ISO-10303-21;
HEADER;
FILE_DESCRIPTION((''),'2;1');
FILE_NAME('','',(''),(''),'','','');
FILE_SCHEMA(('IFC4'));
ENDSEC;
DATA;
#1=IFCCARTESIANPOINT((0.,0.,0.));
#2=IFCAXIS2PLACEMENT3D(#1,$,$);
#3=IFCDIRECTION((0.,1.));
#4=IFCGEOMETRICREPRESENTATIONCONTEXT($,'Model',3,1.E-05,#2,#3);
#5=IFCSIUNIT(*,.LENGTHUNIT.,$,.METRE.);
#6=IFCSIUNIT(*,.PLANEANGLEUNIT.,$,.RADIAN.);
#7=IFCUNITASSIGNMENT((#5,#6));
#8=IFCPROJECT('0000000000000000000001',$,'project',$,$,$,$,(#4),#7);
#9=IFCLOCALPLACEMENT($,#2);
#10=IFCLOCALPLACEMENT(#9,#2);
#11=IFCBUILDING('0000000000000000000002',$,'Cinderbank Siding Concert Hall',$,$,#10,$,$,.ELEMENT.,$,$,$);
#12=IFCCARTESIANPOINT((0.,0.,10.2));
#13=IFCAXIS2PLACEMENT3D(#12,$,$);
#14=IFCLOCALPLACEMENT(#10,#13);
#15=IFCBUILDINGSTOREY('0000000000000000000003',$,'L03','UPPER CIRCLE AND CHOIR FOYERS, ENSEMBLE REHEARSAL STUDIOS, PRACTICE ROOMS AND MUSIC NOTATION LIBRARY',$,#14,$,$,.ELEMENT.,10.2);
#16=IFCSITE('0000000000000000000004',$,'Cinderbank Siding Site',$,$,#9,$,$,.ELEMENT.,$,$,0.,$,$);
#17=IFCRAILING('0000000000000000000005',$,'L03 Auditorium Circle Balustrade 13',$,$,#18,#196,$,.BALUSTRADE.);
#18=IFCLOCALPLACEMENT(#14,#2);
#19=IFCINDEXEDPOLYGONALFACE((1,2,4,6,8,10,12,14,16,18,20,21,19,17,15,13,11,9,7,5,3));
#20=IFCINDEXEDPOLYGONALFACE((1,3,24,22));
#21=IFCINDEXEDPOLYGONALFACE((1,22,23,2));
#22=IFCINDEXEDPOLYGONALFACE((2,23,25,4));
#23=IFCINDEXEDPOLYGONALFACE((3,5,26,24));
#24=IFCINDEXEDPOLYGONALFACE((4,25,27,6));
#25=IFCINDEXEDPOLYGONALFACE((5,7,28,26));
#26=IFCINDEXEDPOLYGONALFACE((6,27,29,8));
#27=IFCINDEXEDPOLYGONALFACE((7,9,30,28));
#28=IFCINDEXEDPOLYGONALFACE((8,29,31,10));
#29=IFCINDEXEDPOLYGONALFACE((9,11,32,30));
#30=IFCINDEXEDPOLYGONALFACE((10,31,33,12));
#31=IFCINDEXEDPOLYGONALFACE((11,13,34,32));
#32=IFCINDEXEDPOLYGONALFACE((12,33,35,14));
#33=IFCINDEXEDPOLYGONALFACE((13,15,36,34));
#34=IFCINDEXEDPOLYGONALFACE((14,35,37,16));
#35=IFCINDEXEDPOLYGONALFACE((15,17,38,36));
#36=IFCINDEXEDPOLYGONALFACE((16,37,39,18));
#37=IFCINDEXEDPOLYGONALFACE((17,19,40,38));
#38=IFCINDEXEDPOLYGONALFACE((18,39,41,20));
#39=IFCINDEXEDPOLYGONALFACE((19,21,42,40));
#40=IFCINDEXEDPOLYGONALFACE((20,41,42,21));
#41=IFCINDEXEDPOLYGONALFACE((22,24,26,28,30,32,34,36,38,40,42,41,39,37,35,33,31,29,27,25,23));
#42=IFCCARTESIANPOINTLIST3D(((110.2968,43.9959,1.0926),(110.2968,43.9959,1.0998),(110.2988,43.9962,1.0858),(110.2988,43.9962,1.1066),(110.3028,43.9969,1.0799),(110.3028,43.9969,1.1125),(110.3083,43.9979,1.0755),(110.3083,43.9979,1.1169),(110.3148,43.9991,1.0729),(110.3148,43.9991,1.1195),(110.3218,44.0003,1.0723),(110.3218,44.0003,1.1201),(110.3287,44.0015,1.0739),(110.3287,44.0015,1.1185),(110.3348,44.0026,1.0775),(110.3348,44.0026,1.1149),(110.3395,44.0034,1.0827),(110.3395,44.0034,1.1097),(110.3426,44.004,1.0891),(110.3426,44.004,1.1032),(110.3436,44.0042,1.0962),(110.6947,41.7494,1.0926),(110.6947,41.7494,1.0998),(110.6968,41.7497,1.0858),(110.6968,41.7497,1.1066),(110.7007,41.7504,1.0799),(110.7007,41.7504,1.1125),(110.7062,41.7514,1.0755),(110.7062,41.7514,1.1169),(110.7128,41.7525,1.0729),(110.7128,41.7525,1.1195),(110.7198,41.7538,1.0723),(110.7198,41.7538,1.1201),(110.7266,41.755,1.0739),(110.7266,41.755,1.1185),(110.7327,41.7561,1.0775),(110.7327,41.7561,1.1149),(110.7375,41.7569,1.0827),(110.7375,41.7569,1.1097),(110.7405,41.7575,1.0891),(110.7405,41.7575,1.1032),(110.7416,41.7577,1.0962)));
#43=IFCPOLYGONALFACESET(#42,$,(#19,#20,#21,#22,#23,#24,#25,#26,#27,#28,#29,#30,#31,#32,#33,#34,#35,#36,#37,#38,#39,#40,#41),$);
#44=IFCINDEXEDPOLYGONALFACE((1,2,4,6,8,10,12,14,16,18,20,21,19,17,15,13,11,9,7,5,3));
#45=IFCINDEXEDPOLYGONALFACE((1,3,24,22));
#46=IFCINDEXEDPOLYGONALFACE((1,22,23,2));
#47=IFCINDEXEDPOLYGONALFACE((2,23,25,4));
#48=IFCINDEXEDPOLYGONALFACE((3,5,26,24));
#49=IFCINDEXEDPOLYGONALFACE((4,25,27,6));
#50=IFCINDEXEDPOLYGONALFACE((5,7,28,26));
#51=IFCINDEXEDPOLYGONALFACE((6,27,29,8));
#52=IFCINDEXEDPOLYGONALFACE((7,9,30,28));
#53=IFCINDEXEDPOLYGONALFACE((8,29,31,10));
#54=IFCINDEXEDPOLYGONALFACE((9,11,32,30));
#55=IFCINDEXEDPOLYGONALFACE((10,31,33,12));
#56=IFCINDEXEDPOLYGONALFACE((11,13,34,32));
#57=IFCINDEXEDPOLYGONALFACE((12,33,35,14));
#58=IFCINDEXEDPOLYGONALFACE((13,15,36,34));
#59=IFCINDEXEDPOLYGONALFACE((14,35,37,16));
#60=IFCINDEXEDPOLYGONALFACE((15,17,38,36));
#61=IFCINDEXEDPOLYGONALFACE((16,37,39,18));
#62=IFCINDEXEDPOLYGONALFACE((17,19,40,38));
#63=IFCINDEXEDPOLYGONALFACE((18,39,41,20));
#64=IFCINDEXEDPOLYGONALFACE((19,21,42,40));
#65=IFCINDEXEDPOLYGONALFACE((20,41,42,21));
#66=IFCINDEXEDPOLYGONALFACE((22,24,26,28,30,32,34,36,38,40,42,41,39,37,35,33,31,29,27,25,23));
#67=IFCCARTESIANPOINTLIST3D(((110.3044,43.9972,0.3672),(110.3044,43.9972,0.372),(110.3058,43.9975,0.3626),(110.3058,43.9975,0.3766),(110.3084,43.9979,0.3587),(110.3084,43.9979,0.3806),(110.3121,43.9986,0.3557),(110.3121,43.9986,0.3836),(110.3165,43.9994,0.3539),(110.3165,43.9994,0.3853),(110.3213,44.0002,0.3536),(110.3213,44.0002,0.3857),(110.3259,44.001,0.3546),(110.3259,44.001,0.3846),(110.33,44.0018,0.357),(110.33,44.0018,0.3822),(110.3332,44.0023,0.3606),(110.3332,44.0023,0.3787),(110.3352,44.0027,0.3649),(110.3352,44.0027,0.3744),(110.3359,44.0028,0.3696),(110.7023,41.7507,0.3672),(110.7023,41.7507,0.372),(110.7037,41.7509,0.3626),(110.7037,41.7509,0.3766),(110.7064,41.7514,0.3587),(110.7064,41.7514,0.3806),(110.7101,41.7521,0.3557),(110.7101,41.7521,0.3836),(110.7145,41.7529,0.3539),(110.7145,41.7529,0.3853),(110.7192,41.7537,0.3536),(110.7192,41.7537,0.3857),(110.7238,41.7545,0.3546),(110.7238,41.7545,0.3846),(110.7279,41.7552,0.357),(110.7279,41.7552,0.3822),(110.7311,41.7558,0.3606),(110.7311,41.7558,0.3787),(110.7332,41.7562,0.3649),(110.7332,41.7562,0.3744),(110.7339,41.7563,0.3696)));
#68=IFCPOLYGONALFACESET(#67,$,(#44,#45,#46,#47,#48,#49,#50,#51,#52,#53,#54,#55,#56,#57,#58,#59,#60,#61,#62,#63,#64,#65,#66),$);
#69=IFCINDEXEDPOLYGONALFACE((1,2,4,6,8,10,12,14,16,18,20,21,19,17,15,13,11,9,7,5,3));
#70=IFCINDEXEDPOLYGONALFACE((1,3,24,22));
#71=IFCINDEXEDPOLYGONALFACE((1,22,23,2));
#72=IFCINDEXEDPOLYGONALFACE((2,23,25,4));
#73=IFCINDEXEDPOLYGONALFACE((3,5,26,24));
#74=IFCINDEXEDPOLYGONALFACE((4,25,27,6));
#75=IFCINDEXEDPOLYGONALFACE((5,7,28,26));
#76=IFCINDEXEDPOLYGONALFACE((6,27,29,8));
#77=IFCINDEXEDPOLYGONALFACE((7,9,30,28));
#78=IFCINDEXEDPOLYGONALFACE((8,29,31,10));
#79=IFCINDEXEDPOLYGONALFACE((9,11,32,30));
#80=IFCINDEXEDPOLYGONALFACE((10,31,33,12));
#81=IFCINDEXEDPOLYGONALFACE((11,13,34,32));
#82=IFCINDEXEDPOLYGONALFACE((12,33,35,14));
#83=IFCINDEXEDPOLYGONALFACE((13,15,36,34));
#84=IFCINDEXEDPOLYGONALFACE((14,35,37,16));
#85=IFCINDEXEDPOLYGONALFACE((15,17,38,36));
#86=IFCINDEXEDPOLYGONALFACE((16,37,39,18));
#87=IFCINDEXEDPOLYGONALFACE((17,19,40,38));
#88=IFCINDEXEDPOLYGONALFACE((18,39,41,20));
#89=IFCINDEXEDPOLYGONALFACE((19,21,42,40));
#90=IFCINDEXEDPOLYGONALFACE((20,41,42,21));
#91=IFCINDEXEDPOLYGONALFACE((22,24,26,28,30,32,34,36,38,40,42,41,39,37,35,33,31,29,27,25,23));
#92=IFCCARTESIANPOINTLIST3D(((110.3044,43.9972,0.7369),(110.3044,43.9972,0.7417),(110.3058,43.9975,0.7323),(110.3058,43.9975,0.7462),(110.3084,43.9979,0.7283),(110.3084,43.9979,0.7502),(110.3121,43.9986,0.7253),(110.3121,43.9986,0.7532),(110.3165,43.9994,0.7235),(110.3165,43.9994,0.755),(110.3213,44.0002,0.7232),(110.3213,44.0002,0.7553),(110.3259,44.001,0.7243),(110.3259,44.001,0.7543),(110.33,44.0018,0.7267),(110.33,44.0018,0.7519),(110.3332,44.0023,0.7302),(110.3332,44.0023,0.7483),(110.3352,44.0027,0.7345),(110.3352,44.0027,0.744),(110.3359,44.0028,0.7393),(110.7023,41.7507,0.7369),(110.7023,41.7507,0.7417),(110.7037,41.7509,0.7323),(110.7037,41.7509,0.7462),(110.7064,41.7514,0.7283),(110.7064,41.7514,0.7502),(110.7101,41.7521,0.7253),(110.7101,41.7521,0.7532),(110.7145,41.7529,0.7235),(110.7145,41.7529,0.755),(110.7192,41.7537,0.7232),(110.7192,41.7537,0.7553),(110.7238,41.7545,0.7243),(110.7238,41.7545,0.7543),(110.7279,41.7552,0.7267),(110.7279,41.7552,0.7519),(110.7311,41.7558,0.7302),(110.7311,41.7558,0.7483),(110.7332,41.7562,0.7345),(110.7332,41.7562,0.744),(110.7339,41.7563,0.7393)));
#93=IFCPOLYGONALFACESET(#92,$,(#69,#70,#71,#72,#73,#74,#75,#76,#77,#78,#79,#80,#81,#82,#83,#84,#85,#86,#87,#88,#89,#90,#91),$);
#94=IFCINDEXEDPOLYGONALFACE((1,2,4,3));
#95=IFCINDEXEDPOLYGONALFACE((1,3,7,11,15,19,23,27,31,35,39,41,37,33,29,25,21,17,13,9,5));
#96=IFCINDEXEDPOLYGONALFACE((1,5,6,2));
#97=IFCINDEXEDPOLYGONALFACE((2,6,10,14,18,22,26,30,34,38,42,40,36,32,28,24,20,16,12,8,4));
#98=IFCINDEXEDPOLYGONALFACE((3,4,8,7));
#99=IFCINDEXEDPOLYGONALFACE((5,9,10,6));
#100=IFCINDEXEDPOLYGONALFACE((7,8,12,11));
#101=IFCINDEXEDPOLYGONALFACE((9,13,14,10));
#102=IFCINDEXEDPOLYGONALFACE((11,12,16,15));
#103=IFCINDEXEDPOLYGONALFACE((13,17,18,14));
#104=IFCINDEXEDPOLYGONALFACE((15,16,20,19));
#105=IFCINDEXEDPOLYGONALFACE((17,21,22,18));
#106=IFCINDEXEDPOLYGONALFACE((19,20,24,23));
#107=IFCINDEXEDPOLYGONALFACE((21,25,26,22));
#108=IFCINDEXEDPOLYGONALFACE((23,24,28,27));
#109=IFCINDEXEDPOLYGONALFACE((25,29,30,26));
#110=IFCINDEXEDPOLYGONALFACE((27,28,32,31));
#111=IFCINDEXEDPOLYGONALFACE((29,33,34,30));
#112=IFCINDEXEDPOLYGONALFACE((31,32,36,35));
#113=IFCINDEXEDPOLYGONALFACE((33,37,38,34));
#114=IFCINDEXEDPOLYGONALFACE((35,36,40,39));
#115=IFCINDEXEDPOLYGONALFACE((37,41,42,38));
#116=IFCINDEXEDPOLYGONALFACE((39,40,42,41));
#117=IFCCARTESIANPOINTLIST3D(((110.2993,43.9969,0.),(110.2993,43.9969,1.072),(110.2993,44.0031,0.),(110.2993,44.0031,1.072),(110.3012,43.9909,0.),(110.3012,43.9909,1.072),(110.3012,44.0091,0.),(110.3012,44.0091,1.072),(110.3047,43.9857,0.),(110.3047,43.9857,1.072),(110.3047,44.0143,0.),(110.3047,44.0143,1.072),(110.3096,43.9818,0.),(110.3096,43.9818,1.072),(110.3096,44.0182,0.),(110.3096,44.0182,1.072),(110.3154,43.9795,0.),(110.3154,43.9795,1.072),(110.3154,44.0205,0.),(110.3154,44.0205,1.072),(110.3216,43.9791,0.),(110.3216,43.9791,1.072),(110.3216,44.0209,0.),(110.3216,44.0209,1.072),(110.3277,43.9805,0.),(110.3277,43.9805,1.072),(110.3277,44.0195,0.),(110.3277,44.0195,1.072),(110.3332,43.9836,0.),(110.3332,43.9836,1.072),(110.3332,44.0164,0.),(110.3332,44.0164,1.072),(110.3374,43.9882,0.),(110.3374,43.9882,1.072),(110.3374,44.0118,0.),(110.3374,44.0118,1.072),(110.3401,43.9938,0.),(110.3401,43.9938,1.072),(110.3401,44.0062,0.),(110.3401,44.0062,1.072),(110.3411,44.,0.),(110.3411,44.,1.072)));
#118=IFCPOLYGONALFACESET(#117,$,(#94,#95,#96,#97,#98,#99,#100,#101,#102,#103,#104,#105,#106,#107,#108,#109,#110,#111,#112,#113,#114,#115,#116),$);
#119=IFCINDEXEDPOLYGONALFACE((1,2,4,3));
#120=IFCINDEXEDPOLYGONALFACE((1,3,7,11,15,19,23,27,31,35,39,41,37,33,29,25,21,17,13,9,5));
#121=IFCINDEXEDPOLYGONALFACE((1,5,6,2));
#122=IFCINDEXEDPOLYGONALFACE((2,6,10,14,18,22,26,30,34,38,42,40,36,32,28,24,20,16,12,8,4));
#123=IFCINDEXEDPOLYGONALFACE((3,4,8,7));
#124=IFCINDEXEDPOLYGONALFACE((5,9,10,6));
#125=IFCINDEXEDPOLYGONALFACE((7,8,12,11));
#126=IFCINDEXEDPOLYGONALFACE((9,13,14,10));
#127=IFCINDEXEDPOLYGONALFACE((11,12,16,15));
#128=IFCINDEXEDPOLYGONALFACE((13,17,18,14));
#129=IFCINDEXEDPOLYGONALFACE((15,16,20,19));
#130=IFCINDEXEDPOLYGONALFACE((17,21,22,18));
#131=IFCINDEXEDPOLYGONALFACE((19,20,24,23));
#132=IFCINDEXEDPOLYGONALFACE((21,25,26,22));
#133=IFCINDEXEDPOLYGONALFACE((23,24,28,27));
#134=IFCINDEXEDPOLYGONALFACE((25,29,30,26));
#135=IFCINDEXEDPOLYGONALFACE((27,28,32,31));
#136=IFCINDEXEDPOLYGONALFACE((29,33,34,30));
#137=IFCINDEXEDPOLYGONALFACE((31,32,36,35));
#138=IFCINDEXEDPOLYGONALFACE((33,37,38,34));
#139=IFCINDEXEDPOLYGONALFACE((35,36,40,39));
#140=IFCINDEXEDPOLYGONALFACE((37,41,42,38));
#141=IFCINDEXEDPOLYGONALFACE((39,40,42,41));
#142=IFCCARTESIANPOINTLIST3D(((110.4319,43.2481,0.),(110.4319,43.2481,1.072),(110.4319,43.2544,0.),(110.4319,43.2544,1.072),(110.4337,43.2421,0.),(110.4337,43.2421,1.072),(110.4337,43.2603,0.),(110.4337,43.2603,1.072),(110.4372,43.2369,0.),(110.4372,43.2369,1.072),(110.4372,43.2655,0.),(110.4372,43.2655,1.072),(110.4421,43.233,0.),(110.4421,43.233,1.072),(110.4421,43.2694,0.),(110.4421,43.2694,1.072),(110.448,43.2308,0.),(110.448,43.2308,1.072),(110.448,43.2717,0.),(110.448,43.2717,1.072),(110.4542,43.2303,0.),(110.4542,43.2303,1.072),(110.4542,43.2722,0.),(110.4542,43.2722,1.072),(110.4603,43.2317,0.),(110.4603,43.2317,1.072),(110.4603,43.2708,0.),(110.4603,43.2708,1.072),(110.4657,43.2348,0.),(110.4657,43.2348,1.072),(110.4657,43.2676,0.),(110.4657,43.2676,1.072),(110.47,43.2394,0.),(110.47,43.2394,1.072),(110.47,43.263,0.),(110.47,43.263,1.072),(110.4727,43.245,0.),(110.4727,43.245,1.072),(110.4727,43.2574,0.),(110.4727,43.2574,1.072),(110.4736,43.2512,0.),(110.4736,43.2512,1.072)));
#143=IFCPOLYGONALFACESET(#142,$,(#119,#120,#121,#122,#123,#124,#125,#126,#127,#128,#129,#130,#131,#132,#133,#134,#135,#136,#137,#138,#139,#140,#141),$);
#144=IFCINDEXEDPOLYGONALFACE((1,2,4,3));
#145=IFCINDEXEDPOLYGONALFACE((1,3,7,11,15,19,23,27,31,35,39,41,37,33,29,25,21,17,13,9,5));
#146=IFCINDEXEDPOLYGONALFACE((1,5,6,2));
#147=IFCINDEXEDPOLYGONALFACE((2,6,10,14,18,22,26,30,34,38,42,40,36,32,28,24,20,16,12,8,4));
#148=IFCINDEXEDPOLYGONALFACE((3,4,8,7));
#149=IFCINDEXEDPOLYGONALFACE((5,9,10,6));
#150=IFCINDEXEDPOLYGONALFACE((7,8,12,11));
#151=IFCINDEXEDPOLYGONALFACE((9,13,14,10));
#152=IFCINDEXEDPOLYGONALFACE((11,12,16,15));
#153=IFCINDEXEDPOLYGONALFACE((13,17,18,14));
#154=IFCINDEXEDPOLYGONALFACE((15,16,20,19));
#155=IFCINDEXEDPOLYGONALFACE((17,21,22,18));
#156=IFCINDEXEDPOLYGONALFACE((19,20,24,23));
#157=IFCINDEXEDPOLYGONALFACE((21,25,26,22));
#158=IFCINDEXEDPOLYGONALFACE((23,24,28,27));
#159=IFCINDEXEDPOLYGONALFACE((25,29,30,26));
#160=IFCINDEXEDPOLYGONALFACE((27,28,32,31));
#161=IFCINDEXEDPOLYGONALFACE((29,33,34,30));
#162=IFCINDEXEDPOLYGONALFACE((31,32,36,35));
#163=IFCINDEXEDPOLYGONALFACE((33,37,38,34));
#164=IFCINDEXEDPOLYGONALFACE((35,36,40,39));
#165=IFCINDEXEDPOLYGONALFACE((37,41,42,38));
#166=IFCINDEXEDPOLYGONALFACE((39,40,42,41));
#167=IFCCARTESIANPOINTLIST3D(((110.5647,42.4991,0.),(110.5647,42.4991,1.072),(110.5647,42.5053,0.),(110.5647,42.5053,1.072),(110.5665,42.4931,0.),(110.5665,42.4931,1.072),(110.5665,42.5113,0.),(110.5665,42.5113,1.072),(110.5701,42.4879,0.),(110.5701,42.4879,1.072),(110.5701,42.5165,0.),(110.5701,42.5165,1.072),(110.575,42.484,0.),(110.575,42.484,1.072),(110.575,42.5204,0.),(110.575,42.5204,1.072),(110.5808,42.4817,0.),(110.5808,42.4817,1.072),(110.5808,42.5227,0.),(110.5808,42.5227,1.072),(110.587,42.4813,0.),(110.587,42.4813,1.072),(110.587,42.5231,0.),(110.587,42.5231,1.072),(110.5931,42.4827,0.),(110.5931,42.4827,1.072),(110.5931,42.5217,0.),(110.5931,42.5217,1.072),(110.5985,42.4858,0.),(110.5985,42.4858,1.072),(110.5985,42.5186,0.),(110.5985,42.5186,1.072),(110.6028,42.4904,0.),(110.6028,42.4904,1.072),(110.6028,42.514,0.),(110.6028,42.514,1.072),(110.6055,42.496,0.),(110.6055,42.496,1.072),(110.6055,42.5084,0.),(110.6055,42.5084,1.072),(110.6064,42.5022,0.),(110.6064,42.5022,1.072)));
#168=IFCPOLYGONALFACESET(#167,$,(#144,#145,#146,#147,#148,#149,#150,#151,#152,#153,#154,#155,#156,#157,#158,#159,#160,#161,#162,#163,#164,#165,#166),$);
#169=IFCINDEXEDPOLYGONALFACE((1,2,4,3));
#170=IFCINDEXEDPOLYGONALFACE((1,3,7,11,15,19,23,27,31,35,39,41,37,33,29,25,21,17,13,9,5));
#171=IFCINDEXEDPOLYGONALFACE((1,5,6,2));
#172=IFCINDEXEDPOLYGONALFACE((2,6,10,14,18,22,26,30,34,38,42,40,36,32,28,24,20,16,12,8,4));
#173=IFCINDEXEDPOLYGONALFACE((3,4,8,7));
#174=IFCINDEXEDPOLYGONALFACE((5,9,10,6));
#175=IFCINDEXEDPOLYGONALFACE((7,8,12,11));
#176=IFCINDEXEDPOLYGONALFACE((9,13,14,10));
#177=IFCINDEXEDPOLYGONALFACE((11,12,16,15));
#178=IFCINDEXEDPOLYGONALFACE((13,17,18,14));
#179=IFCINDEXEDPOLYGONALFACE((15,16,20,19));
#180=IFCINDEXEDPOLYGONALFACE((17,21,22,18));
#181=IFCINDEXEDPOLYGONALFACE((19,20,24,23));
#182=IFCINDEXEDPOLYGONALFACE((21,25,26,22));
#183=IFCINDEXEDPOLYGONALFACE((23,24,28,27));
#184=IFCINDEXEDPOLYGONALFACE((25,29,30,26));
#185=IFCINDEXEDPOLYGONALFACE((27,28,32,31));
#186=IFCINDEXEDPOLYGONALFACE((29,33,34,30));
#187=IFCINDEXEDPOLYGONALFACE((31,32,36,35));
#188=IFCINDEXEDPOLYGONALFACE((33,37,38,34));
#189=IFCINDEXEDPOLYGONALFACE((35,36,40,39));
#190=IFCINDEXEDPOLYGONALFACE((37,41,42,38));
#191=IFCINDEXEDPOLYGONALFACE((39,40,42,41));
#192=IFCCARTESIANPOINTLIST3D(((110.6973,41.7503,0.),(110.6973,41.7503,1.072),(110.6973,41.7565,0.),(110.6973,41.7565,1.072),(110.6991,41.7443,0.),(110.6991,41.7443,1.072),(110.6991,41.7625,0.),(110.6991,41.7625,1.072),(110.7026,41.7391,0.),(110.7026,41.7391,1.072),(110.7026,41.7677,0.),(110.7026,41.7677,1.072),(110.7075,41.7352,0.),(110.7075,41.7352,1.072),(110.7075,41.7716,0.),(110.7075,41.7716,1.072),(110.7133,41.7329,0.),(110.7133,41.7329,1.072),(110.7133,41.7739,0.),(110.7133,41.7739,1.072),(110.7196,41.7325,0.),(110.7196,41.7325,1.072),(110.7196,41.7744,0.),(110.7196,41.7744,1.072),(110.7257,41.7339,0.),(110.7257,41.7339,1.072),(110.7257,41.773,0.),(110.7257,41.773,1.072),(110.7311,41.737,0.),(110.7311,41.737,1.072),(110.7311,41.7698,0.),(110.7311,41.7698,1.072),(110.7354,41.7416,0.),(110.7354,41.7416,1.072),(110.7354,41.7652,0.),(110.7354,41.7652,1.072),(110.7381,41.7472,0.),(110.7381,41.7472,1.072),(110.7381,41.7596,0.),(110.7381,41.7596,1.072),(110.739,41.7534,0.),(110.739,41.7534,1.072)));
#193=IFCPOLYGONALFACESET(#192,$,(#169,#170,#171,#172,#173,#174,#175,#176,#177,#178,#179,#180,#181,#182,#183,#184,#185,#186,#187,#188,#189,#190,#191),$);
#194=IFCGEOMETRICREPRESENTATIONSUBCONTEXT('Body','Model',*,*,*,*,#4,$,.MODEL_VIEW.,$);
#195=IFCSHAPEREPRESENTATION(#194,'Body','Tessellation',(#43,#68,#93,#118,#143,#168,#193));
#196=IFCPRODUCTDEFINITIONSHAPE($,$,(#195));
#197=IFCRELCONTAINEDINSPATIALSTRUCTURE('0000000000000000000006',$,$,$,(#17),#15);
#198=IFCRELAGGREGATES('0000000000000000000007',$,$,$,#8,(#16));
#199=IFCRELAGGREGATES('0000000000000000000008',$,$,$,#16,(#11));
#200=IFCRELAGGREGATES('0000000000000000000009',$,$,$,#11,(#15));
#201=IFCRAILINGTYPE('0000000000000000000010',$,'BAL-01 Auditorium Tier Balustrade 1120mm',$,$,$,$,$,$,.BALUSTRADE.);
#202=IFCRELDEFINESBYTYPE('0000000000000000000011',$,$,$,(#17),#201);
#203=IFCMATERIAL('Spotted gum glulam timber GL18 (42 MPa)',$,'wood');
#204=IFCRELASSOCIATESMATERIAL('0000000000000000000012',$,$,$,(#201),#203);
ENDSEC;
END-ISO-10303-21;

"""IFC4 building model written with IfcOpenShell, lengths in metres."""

from ifc_helpers import new_model, si_unit, direction, frame, origin, origin_2d, place, context, subcontext, project, spatial, circle, extrude, material, type_object, element, save


model = new_model("IFC4")

# Units and contexts
model_context = context("Model", 3, precision=1e-05, world=origin(), true_north=direction((0.0, 1.0)))
body_context = subcontext(model_context, "Body", "Model", "MODEL_VIEW")
ifc_project = project(units=[si_unit("LENGTHUNIT", "METRE"), si_unit("PLANEANGLEUNIT", "RADIAN")], contexts=[model_context])

# Site, building, storey
site_placement = place(None, origin())
site = spatial("IfcSite", under=ifc_project, at=site_placement, Name="Cinderbank Siding Site", CompositionType="ELEMENT", RefElevation=0.0)
building_placement = place(site_placement, origin())
building = spatial("IfcBuilding", under=site, at=building_placement, Name="Cinderbank Siding Concert Hall", CompositionType="ELEMENT")
storey_placement = place(building_placement, frame((0.0, 0.0, 10.2)))
storey = spatial("IfcBuildingStorey", under=building, at=storey_placement, Name="L03", Description="UPPER CIRCLE AND CHOIR FOYERS, ENSEMBLE REHEARSAL STUDIOS, PRACTICE ROOMS AND MUSIC NOTATION LIBRARY", CompositionType="ELEMENT", Elevation=10.2)

# Shared definitions
ifc_material_1 = material(Name="Spotted gum glulam timber GL18 (42 MPa)", Category="wood")

# Railing
railing_type = type_object("IfcRailingType", Name="BAL-01 Auditorium Tier Balustrade 1120mm", PredefinedType="BALUSTRADE", material=ifc_material_1)
railing_1_placement = place(storey_placement, frame((110.3201, 44.0, 0.0)))
element("IfcRailing", 1, at=railing_1_placement, inside=storey, type_object=railing_type, Name="L03 Auditorium Circle Balustrade 13", PredefinedType="BALUSTRADE", context=body_context, shape_type="SweptSolid", body=[
    extrude(circle(Radius=0.0239, at=origin_2d()), frame((0.0, 0.0, 1.0962), z_axis=(0.17442, -0.984671, 0.0), x_axis=(0.984671, 0.17442, 0.0)), (0.0, 0.0, 1.0), 2.2815),
    extrude(circle(Radius=0.0161, at=origin_2d()), frame((0.0, 0.0, 0.3696), z_axis=(0.17442, -0.984671, 0.0), x_axis=(0.984671, 0.17442, 0.0)), (0.0, 0.0, 1.0), 2.2815),
    extrude(circle(Radius=0.0161, at=origin_2d()), frame((0.0, 0.0, 0.7393), z_axis=(0.17442, -0.984671, 0.0), x_axis=(0.984671, 0.17442, 0.0)), (0.0, 0.0, 1.0), 2.2815),
    extrude(circle(Radius=0.021, at=origin_2d()), origin(), (0.0, 0.0, 1.0), 1.072),
    extrude(circle(Radius=0.021, at=origin_2d()), frame((0.1326, -0.7488, 0.0)), (0.0, 0.0, 1.0), 1.072),
    extrude(circle(Radius=0.021, at=origin_2d()), frame((0.2654, -1.4978, 0.0)), (0.0, 0.0, 1.0), 1.072),
    extrude(circle(Radius=0.021, at=origin_2d()), frame((0.3979, -2.2466, 0.0)), (0.0, 0.0, 1.0), 1.072),
])

save(model, "model.ifc")
